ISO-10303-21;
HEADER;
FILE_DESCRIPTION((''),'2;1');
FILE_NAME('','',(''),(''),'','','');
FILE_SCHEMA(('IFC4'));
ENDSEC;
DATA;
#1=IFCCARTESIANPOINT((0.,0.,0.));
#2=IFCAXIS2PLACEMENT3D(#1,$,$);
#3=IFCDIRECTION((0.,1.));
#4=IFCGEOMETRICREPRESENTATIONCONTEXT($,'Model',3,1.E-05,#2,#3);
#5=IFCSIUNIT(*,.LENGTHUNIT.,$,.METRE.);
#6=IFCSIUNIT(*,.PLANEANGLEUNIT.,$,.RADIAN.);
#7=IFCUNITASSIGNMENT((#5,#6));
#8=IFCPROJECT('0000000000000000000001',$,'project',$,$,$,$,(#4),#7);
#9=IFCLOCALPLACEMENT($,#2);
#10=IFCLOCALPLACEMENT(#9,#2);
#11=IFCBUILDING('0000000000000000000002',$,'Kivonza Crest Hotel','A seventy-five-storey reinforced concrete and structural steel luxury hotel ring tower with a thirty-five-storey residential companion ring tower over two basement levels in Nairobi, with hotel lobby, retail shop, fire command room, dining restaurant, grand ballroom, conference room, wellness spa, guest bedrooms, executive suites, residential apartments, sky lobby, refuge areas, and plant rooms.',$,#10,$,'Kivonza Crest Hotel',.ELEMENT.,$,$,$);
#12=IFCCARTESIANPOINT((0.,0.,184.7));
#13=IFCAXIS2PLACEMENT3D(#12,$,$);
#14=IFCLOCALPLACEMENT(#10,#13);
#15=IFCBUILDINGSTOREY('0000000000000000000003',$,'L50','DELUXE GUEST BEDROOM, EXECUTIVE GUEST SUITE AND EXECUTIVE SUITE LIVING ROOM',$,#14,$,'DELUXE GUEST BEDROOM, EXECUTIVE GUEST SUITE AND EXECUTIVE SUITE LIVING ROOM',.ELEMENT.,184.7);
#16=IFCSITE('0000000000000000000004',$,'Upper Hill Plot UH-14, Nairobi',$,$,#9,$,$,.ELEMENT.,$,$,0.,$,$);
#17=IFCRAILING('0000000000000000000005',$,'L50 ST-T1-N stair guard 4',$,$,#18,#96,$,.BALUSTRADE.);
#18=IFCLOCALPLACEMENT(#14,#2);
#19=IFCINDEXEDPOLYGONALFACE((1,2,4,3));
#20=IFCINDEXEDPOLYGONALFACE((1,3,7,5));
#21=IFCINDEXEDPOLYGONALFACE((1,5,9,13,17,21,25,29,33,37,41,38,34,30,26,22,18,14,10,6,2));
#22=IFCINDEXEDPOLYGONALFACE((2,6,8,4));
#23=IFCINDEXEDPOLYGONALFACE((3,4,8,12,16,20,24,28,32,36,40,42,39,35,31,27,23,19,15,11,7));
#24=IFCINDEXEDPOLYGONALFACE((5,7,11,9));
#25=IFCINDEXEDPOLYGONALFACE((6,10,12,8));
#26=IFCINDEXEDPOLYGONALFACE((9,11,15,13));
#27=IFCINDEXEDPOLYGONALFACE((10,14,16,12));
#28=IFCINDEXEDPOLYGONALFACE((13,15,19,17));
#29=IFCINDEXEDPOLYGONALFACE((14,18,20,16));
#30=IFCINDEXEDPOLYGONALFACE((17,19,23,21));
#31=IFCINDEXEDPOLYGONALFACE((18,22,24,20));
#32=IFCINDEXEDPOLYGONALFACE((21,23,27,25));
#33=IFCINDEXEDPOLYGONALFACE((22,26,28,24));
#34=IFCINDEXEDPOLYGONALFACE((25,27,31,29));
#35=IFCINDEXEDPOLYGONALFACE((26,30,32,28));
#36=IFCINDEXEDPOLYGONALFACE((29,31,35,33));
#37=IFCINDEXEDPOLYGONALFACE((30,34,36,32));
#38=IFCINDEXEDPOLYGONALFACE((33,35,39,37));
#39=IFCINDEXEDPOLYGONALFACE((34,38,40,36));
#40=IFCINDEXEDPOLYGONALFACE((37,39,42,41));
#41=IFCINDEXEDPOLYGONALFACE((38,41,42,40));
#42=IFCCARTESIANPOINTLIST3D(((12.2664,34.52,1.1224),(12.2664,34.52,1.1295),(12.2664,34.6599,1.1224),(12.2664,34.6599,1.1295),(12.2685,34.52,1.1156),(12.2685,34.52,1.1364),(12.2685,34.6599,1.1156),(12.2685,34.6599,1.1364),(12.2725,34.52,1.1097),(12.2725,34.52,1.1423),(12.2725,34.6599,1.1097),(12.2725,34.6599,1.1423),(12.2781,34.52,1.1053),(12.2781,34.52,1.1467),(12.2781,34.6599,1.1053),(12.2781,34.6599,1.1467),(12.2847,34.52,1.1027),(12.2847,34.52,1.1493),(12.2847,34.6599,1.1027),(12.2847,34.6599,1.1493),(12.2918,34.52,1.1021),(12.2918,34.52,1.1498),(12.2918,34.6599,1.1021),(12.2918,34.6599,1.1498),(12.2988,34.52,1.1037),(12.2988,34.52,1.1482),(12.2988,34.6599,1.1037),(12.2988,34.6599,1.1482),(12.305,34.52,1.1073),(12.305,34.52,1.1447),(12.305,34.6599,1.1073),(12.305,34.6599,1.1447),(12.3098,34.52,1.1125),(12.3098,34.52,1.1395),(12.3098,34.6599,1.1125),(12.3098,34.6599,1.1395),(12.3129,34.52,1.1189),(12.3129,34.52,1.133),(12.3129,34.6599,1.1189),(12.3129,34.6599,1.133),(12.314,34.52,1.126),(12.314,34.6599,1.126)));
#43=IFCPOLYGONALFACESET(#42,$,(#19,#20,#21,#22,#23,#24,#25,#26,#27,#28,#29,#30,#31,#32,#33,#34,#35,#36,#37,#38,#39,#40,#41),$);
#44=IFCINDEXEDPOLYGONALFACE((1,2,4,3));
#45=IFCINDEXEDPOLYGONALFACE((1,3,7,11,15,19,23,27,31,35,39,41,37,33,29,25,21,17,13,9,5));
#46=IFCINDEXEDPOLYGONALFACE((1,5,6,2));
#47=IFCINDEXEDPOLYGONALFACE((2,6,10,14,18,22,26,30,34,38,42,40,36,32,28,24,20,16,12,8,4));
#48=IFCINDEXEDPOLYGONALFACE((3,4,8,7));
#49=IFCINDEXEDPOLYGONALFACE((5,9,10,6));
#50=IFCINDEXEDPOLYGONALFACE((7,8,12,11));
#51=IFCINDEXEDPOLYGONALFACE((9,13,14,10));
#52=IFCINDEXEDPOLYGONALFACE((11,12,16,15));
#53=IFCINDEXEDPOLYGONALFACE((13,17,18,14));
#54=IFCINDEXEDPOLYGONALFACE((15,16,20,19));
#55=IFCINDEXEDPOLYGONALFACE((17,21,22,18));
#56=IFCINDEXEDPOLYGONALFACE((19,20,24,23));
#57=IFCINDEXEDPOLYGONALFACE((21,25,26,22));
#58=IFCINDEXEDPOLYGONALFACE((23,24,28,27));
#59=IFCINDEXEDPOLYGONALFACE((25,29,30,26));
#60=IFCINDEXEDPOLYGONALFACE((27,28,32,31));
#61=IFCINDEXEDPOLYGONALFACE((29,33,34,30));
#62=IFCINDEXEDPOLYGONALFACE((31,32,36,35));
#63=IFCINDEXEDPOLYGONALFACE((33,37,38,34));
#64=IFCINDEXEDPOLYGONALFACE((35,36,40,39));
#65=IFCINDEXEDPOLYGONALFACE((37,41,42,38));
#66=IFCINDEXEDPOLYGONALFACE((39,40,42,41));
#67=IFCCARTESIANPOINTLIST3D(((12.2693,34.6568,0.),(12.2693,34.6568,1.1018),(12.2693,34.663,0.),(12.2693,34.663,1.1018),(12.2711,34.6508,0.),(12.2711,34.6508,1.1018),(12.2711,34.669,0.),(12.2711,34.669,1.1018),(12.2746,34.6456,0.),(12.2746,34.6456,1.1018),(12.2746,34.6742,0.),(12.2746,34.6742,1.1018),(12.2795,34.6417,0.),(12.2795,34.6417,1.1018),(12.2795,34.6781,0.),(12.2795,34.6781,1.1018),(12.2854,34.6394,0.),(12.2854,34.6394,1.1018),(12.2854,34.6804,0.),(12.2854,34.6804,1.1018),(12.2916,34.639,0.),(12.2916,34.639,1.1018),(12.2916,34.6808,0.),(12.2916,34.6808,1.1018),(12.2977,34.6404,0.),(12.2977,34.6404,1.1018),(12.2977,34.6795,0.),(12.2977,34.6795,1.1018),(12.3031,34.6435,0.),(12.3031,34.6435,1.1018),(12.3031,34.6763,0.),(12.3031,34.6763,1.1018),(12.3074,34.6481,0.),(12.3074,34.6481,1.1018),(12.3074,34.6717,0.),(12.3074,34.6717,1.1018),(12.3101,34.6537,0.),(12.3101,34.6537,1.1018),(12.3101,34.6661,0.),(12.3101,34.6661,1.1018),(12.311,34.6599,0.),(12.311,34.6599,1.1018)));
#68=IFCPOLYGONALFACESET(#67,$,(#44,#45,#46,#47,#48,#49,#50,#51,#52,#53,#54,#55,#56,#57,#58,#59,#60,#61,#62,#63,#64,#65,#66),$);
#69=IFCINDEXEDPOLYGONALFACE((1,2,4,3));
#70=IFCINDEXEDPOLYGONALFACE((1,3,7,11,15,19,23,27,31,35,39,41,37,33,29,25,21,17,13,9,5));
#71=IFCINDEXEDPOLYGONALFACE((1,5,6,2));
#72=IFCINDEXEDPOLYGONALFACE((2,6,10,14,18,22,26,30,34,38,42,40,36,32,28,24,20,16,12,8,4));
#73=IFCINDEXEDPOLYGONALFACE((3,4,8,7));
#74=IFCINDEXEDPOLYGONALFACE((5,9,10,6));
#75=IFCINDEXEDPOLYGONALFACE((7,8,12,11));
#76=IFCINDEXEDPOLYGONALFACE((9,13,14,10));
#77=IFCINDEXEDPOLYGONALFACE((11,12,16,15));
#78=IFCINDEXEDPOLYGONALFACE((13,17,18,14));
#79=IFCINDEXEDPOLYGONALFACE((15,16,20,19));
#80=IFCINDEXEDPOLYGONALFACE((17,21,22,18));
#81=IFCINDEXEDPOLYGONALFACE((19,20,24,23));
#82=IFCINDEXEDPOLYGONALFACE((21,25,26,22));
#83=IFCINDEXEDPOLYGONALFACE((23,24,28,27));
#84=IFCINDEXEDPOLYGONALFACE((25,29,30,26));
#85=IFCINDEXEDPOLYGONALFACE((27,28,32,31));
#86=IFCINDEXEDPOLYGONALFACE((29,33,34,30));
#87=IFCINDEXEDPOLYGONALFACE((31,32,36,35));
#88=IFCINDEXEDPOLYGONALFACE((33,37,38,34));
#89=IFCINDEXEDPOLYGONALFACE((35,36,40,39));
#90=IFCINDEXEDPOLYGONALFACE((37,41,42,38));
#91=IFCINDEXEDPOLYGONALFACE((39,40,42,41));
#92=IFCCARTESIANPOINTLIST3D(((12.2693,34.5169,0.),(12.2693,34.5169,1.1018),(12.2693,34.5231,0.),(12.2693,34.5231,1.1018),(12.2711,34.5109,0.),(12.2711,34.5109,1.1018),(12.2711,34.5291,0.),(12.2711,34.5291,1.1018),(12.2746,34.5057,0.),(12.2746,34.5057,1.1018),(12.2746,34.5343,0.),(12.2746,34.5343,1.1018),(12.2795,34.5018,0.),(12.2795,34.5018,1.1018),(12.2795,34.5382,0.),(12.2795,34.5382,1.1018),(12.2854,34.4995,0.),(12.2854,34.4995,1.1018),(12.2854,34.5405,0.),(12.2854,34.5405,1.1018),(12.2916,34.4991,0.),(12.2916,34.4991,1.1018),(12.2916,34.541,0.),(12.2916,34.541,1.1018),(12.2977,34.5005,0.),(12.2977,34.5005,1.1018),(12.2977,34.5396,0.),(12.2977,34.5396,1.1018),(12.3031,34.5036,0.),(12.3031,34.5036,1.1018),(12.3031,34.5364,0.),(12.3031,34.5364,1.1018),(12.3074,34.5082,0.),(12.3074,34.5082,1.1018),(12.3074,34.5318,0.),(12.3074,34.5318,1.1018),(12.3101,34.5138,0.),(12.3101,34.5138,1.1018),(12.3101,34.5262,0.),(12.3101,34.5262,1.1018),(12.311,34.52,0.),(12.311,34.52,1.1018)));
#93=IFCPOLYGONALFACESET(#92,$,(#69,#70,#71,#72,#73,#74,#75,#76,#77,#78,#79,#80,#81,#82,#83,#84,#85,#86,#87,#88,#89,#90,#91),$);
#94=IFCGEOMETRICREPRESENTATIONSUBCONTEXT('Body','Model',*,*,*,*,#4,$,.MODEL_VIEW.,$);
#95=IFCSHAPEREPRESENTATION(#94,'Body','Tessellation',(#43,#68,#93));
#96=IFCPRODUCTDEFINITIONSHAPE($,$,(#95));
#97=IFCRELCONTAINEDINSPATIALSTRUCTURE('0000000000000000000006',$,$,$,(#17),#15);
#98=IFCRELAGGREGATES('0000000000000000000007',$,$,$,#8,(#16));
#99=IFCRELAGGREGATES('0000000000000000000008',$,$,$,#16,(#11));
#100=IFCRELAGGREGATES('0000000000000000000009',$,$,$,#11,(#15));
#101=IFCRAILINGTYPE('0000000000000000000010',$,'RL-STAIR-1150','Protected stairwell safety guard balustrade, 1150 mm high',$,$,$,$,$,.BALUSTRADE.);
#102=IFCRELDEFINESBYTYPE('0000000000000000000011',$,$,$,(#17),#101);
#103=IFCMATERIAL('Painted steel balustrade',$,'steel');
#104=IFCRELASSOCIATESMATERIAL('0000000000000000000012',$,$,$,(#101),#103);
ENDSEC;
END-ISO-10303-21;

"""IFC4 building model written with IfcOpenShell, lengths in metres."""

from ifc_helpers import new_model, si_unit, direction, frame, origin, origin_2d, place, context, subcontext, project, spatial, circle, extrude, material, type_object, element, save


model = new_model("IFC4")

# Units and contexts
model_context = context("Model", 3, precision=1e-05, world=origin(), true_north=direction((0.0, 1.0)))
body_context = subcontext(model_context, "Body", "Model", "MODEL_VIEW")
ifc_project = project(units=[si_unit("LENGTHUNIT", "METRE"), si_unit("PLANEANGLEUNIT", "RADIAN")], contexts=[model_context])

# Site, building, storey
site_placement = place(None, origin())
site = spatial("IfcSite", under=ifc_project, at=site_placement, Name="Upper Hill Plot UH-14, Nairobi", CompositionType="ELEMENT", RefElevation=0.0)
building_placement = place(site_placement, origin())
building = spatial("IfcBuilding", under=site, at=building_placement, Name="Kivonza Crest Hotel", Description="A seventy-five-storey reinforced concrete and structural steel luxury hotel ring tower with a thirty-five-storey residential companion ring tower over two basement levels in Nairobi, with hotel lobby, retail shop, fire command room, dining restaurant, grand ballroom, conference room, wellness spa, guest bedrooms, executive suites, residential apartments, sky lobby, refuge areas, and plant rooms.", LongName="Kivonza Crest Hotel", CompositionType="ELEMENT")
storey_placement = place(building_placement, frame((0.0, 0.0, 184.7)))
storey = spatial("IfcBuildingStorey", under=building, at=storey_placement, Name="L50", Description="DELUXE GUEST BEDROOM, EXECUTIVE GUEST SUITE AND EXECUTIVE SUITE LIVING ROOM", LongName="DELUXE GUEST BEDROOM, EXECUTIVE GUEST SUITE AND EXECUTIVE SUITE LIVING ROOM", CompositionType="ELEMENT", Elevation=184.7)

# Railing
ifc_material_1 = material(Name="Painted steel balustrade", Category="steel")
railing_type_1 = type_object("IfcRailingType", Name="RL-STAIR-1150", Description="Protected stairwell safety guard balustrade, 1150 mm high", PredefinedType="BALUSTRADE", material=ifc_material_1)
railing_1_placement = place(storey_placement, frame((12.29, 34.6599, 0.0)))
element("IfcRailing", 1, at=railing_1_placement, inside=storey, type_object=railing_type_1, Name="L50 ST-T1-N stair guard 4", PredefinedType="BALUSTRADE", context=body_context, shape_type="SweptSolid", body=[
    extrude(circle(Radius=0.0239, at=origin_2d()), frame((0.0, 0.0, 1.126), z_axis=(0.0, -1.0, 0.0), x_axis=(1.0, 0.0, 0.0)), (0.0, 0.0, 1.0), 0.1399),
    extrude(circle(Radius=0.021, at=origin_2d()), origin(), (0.0, 0.0, 1.0), 1.1018),
    extrude(circle(Radius=0.021, at=origin_2d()), frame((0.0, -0.1399, 0.0)), (0.0, 0.0, 1.0), 1.1018),
])

save(model, "model.ifc")
